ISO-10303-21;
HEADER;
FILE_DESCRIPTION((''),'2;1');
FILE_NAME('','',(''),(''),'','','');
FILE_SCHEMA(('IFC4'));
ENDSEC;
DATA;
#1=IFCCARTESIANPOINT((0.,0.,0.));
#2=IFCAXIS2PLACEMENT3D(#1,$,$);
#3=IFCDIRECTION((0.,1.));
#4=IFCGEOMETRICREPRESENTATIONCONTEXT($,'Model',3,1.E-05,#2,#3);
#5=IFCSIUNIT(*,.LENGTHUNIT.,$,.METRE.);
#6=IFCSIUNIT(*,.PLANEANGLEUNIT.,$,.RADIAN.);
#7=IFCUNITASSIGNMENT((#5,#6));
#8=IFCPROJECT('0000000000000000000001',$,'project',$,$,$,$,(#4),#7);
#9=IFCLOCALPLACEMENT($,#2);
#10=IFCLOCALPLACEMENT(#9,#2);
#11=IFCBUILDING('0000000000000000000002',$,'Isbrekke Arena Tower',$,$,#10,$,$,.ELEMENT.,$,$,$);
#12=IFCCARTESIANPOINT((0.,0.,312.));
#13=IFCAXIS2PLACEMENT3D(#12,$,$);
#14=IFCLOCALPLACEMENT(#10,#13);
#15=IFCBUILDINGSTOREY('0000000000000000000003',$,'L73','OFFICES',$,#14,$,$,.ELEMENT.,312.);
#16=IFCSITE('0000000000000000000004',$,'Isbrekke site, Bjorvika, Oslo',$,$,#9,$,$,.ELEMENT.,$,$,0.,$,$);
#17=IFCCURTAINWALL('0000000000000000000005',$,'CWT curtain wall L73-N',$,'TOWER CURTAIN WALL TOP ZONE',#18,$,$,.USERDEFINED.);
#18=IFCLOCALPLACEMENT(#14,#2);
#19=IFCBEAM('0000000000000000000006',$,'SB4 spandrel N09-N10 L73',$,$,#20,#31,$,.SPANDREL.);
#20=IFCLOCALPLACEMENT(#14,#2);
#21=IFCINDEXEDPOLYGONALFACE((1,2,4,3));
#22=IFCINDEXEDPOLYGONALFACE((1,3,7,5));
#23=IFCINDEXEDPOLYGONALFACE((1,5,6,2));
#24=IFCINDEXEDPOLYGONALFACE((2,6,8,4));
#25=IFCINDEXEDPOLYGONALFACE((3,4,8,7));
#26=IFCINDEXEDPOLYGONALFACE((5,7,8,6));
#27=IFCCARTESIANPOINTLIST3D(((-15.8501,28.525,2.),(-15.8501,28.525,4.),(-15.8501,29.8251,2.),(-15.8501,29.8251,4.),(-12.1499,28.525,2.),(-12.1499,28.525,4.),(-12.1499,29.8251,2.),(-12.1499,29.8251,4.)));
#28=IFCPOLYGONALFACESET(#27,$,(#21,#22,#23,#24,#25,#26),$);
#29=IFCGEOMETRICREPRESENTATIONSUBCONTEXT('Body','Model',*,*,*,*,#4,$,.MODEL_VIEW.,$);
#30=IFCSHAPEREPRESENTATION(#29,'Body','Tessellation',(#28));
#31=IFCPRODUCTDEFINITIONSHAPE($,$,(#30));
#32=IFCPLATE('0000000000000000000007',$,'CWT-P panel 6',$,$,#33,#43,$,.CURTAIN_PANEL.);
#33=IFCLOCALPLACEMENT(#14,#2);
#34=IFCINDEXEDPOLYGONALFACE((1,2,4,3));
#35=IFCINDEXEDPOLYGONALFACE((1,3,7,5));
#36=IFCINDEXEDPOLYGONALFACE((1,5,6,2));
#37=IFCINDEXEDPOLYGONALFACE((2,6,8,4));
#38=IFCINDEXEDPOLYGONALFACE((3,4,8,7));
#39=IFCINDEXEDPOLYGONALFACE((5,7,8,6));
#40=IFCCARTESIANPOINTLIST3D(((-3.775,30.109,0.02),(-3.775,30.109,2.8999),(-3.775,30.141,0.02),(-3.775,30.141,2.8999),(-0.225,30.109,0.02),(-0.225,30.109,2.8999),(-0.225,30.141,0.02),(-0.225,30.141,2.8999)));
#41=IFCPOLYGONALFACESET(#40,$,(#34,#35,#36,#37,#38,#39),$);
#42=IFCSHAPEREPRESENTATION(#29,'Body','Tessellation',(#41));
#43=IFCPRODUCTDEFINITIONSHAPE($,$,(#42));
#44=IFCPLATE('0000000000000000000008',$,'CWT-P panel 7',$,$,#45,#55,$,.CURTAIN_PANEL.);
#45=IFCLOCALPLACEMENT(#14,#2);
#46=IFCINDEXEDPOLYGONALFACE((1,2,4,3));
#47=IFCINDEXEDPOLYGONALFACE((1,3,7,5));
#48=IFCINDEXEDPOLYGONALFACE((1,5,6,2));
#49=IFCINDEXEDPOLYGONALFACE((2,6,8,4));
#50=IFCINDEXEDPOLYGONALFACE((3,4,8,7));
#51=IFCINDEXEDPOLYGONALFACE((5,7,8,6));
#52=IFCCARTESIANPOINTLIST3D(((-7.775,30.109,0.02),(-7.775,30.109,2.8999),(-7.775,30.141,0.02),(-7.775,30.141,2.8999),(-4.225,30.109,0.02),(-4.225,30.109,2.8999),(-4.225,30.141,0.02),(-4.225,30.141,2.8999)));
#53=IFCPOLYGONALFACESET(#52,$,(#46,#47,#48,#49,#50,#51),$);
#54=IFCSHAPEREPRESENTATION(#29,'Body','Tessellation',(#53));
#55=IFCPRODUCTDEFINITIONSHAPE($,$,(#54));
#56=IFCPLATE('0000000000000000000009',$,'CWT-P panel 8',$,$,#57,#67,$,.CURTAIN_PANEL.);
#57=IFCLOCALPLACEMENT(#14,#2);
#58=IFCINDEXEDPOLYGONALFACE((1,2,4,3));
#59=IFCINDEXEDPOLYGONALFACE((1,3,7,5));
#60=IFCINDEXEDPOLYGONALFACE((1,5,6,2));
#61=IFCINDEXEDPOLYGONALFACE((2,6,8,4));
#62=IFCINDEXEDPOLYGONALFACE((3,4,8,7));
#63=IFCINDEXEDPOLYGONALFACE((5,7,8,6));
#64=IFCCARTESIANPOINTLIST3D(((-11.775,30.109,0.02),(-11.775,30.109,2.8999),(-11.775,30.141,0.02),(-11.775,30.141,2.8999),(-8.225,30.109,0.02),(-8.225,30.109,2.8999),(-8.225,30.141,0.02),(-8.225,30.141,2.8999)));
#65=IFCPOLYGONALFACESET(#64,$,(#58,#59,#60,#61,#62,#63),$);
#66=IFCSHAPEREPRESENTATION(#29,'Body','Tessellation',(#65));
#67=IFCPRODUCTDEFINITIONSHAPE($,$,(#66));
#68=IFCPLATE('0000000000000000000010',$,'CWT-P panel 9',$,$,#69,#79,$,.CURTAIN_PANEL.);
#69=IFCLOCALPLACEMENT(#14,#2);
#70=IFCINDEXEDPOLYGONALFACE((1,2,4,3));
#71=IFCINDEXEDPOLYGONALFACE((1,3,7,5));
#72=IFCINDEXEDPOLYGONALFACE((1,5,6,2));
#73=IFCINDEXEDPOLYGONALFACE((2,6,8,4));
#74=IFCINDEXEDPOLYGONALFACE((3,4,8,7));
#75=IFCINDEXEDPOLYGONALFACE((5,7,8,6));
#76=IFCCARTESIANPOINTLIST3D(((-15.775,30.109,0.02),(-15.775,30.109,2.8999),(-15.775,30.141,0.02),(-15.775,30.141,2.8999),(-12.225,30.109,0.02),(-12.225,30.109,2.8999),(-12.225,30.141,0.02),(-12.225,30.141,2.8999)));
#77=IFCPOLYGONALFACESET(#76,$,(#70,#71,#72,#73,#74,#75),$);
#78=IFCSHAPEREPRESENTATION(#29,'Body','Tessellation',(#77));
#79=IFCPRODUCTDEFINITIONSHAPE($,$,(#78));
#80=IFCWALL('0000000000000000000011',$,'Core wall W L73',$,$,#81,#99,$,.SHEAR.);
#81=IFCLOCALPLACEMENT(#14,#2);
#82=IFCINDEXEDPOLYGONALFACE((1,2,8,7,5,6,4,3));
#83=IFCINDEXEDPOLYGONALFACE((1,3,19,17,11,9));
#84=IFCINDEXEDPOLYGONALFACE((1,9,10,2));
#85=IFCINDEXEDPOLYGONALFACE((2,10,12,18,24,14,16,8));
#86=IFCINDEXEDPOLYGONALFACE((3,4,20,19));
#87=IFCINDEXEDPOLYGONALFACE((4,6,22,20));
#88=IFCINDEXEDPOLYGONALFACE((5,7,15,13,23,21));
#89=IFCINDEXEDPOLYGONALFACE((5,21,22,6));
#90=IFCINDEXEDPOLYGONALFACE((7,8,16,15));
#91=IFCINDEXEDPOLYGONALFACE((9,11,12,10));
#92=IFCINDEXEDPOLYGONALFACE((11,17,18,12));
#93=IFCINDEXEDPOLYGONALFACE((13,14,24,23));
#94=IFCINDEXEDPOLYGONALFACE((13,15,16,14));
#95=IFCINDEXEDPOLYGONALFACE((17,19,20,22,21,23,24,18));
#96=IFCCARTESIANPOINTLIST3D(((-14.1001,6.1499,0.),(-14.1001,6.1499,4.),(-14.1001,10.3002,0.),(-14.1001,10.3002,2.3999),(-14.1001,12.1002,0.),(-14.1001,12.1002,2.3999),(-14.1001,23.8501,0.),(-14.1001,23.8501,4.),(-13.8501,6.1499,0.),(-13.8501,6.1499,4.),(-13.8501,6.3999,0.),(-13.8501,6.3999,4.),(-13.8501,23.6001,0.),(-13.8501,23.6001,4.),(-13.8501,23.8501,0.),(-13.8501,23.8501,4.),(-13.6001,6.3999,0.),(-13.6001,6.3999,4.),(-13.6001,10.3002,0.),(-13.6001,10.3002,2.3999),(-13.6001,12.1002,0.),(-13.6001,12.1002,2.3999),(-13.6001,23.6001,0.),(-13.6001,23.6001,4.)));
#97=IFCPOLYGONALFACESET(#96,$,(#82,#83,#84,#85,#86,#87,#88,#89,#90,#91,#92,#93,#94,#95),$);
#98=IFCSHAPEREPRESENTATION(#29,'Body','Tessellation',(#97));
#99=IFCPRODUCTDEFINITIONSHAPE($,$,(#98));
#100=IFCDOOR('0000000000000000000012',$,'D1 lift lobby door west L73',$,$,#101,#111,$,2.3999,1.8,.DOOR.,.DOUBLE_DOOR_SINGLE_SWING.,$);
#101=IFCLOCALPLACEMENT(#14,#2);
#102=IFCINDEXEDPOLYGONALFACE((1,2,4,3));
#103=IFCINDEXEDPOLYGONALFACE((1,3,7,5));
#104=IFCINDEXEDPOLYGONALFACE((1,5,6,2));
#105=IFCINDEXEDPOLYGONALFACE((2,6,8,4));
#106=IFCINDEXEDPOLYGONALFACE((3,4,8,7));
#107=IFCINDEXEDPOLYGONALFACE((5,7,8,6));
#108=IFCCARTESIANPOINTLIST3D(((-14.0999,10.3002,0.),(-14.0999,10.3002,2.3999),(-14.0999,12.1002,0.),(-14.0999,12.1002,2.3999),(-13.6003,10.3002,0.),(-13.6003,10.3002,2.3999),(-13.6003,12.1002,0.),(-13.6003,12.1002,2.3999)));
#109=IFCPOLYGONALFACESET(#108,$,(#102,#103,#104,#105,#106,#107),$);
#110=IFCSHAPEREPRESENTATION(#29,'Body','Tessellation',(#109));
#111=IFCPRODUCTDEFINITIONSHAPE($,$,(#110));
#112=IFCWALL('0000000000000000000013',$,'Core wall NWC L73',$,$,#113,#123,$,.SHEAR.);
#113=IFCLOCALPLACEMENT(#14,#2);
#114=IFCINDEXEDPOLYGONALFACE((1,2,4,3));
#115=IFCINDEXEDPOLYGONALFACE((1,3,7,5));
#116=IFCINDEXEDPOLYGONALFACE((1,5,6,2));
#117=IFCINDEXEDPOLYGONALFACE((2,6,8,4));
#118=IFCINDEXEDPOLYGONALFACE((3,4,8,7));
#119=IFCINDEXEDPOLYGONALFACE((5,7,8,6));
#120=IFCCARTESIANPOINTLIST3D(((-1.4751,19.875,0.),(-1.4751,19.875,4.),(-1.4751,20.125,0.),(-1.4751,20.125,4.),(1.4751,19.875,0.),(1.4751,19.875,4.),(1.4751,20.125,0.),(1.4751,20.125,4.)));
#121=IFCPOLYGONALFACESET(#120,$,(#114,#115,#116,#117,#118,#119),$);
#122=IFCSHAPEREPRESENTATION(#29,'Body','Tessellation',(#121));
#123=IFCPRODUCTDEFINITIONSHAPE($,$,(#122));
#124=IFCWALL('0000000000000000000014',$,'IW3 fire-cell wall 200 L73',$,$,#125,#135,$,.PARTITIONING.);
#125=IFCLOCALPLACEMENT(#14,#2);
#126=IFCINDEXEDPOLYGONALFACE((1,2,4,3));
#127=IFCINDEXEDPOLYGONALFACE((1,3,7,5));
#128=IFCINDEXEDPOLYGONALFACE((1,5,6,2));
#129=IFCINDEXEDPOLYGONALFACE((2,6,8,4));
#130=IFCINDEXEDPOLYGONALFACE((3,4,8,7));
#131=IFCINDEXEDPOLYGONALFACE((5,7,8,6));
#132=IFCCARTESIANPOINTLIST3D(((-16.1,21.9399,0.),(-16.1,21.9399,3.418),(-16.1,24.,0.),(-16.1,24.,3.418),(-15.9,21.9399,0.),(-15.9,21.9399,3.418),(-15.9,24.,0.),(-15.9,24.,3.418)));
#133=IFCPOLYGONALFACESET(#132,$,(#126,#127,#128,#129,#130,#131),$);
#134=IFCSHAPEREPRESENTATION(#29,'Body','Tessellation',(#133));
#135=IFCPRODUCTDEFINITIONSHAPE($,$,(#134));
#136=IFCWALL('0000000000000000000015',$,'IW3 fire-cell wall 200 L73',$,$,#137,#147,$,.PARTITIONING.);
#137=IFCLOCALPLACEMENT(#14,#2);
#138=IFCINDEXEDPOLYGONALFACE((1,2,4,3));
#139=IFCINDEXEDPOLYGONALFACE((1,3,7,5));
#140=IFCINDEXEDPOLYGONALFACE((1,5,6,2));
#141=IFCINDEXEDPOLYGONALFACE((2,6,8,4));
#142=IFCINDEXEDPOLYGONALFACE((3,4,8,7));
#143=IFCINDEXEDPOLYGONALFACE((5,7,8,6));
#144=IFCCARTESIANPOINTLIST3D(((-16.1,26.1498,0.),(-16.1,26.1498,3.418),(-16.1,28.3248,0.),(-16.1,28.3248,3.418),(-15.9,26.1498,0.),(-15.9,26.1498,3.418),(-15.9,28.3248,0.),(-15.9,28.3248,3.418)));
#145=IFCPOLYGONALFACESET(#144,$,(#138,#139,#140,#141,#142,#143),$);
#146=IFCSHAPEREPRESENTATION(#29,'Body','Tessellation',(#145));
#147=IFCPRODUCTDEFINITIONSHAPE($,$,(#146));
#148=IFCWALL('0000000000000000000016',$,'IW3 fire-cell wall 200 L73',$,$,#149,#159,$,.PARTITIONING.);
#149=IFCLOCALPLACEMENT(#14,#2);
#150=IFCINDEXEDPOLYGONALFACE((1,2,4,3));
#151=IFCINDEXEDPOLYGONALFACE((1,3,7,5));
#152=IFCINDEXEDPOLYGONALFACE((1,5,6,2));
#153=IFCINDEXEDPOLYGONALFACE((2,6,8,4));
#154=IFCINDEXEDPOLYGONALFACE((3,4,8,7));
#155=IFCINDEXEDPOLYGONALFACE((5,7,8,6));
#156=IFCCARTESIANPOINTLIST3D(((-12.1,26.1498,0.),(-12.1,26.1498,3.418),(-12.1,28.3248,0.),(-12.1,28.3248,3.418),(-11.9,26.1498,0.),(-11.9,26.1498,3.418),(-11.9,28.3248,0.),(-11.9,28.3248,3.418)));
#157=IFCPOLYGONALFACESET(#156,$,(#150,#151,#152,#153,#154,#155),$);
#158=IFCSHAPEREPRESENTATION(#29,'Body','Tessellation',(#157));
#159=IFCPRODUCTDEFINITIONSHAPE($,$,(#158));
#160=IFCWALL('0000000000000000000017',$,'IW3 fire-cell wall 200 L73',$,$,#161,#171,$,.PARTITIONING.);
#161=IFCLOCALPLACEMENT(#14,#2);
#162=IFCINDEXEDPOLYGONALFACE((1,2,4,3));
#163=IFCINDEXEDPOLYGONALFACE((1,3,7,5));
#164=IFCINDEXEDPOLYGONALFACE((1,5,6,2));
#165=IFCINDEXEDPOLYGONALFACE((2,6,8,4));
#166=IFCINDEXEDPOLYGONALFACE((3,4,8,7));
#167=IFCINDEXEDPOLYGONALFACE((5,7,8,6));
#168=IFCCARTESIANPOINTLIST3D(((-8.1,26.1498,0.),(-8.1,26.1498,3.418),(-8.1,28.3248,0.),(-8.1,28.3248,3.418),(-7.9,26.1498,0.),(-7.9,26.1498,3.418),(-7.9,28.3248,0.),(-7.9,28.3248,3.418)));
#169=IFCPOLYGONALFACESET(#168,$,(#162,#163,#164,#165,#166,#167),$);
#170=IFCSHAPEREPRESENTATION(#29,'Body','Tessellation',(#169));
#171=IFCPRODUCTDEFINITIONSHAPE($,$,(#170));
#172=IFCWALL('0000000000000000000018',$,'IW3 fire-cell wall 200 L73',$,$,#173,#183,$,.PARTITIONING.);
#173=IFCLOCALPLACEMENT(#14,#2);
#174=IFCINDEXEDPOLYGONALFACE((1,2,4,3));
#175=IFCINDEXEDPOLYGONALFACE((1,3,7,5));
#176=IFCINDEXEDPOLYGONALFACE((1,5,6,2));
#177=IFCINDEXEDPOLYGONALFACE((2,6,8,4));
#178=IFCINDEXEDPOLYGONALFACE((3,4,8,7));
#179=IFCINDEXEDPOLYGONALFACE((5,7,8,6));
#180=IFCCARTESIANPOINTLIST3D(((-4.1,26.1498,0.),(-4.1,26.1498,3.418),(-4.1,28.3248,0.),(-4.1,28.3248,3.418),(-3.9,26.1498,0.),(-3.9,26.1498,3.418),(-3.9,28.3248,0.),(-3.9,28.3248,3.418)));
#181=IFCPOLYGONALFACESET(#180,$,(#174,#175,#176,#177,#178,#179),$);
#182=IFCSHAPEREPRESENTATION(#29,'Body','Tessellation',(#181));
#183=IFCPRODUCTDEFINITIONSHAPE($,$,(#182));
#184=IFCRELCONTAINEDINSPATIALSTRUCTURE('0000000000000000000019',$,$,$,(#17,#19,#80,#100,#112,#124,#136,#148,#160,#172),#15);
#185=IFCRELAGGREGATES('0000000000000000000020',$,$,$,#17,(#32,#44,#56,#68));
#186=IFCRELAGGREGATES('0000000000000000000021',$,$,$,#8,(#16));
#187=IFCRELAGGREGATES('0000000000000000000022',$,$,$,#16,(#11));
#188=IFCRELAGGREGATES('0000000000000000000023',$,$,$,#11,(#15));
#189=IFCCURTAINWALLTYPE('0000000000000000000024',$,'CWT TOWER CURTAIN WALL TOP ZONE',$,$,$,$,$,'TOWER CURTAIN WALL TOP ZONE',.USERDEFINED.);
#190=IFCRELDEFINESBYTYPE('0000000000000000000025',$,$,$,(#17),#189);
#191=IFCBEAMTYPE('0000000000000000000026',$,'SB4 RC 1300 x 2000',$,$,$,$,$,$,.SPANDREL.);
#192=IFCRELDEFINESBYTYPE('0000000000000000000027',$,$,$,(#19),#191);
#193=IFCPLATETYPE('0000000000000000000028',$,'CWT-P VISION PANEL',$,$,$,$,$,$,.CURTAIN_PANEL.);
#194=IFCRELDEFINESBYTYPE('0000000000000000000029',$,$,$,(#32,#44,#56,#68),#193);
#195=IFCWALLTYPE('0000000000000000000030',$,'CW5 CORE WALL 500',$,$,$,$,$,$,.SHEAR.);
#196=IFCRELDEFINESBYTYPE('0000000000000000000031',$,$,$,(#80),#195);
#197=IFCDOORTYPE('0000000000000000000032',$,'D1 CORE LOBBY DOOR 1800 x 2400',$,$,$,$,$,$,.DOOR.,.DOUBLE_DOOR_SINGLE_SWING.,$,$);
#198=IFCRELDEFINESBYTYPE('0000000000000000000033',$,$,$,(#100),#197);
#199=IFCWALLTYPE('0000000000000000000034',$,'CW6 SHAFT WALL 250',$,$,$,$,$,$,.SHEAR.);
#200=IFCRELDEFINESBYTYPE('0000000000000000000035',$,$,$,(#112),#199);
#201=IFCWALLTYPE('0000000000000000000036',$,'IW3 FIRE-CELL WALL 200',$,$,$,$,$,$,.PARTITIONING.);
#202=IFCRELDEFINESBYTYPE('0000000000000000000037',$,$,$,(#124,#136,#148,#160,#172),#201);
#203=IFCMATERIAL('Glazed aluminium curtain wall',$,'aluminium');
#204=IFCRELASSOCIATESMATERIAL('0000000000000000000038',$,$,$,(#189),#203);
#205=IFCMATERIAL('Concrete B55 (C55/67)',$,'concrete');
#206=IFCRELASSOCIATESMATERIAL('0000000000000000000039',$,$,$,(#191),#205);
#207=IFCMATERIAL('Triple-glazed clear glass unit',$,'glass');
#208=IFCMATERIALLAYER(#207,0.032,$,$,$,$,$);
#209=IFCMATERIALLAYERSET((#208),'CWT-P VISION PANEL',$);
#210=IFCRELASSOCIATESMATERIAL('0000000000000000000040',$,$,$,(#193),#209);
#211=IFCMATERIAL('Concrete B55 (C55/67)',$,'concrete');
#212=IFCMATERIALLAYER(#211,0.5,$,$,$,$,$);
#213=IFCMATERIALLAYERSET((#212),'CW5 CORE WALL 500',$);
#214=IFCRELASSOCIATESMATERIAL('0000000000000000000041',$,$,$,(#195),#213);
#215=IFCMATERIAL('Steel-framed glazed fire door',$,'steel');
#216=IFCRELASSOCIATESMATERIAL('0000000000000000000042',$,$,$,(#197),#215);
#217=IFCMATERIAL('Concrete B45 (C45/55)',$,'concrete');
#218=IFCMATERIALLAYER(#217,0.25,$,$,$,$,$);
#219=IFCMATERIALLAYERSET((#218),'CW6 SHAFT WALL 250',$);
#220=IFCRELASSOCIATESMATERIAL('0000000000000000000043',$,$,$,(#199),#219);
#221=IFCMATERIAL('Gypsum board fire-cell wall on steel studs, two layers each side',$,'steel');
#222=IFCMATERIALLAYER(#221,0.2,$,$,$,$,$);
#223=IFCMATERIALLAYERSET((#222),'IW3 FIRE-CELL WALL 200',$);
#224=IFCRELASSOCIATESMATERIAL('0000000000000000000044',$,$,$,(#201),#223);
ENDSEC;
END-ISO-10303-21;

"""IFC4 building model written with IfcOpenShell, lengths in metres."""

from ifc_helpers import new_model, si_unit, direction, frame, frame_2d, origin, origin_2d, place, context, subcontext, project, spatial, polyline, rectangle, outline, extrude, material, layer, layer_set, material_profile, profile_set, type_object, element, fill, aggregate, save


model = new_model("IFC4")

# Units and contexts
model_context = context("Model", 3, precision=1e-05, world=origin(), true_north=direction((0.0, 1.0)))
body_context = subcontext(model_context, "Body", "Model", "MODEL_VIEW")
ifc_project = project(units=[si_unit("LENGTHUNIT", "METRE"), si_unit("PLANEANGLEUNIT", "RADIAN")], contexts=[model_context])

# Site, building, storey
site_placement = place(None, origin())
site = spatial("IfcSite", under=ifc_project, at=site_placement, Name="Isbrekke site, Bjorvika, Oslo", CompositionType="ELEMENT", RefElevation=0.0)
building_placement = place(site_placement, origin())
building = spatial("IfcBuilding", under=site, at=building_placement, Name="Isbrekke Arena Tower", CompositionType="ELEMENT")
storey_placement = place(building_placement, frame((0.0, 0.0, 312.0)))
storey = spatial("IfcBuildingStorey", under=building, at=storey_placement, Name="L73", Description="OFFICES", CompositionType="ELEMENT", Elevation=312.0)

# Curtain wall
ifc_material_1 = material(Name="Glazed aluminium curtain wall", Category="aluminium")
curtain_wall_type = type_object("IfcCurtainWallType", Name="CWT TOWER CURTAIN WALL TOP ZONE", ElementType="TOWER CURTAIN WALL TOP ZONE", PredefinedType="USERDEFINED", material=ifc_material_1)
curtain_wall_placement = place(storey_placement, origin())
curtain_wall = element("IfcCurtainWall", 1, at=curtain_wall_placement, inside=storey, type_object=curtain_wall_type, Name="CWT curtain wall L73-N", ObjectType="TOWER CURTAIN WALL TOP ZONE", PredefinedType="USERDEFINED")

# Beam
ifc_material_2 = material(Name="Concrete B55 (C55/67)", Category="concrete")
ifc_material_profile_1 = material_profile(ifc_material_2, rectangle(XDim=1.3, YDim=2.0, at=origin_2d()), Name="RC 1300x2000")
ifc_profile_set_1 = profile_set([ifc_material_profile_1], Name="Concrete B55 (C55/67)")
beam_type_1 = type_object("IfcBeamType", Name="SB4 RC 1300 x 2000", PredefinedType="SPANDREL", material=ifc_profile_set_1)
for number, where, z_axis, x_axis, name in (
    (2, (-12.1499, 29.175, 3.0), (-1.0, 0.0, 0.0), (0.0, -1.0, 0.0), "SB4 spandrel N09-N10 L73"),
):
    element("IfcBeam", number, at=place(storey_placement, frame(where, z_axis=z_axis, x_axis=x_axis)), inside=storey, type_object=beam_type_1, Name=name, PredefinedType="SPANDREL", context=body_context, shape_type="SweptSolid", body=[
        extrude(rectangle(XDim=1.3, YDim=2.0, at=origin_2d()), origin(), (0.0, 0.0, 1.0), 3.7002),
    ])

# Plates
ifc_material_3 = material(Name="Triple-glazed clear glass unit", Category="glass")
ifc_layer_1 = layer(ifc_material_3, 0.032)
ifc_layer_set_1 = layer_set([ifc_layer_1], Name="CWT-P VISION PANEL")
plate_type = type_object("IfcPlateType", Name="CWT-P VISION PANEL", PredefinedType="CURTAIN_PANEL", material=ifc_layer_set_1)
plate_1_placement = place(storey_placement, frame((-2.0, 30.125, 0.02), z_axis=(0.0, 0.0, 1.0), x_axis=(-1.0, 0.0, 0.0)))
plate_1 = element("IfcPlate", 3, at=plate_1_placement, type_object=plate_type, Name="CWT-P panel 6", PredefinedType="CURTAIN_PANEL", context=body_context, shape_type="SweptSolid", body=[
    extrude(rectangle(XDim=3.55, YDim=0.032, at=origin_2d()), origin(), (0.0, 0.0, 1.0), 2.8799),
])
plate_2_placement = place(storey_placement, frame((-6.0, 30.125, 0.02), z_axis=(0.0, 0.0, 1.0), x_axis=(-1.0, 0.0, 0.0)))
plate_2 = element("IfcPlate", 4, at=plate_2_placement, type_object=plate_type, Name="CWT-P panel 7", PredefinedType="CURTAIN_PANEL", context=body_context, shape_type="SweptSolid", body=[
    extrude(rectangle(XDim=3.55, YDim=0.032, at=origin_2d()), origin(), (0.0, 0.0, 1.0), 2.8799),
])
plate_3_placement = place(storey_placement, frame((-10.0, 30.125, 0.02), z_axis=(0.0, 0.0, 1.0), x_axis=(-1.0, 0.0, 0.0)))
plate_3 = element("IfcPlate", 5, at=plate_3_placement, type_object=plate_type, Name="CWT-P panel 8", PredefinedType="CURTAIN_PANEL", context=body_context, shape_type="SweptSolid", body=[
    extrude(rectangle(XDim=3.55, YDim=0.032, at=origin_2d()), origin(), (0.0, 0.0, 1.0), 2.8799),
])
plate_4_placement = place(storey_placement, frame((-14.0, 30.125, 0.02), z_axis=(0.0, 0.0, 1.0), x_axis=(-1.0, 0.0, 0.0)))
plate_4 = element("IfcPlate", 6, at=plate_4_placement, type_object=plate_type, Name="CWT-P panel 9", PredefinedType="CURTAIN_PANEL", context=body_context, shape_type="SweptSolid", body=[
    extrude(rectangle(XDim=3.55, YDim=0.032, at=origin_2d()), origin(), (0.0, 0.0, 1.0), 2.8799),
])
aggregate(curtain_wall, [plate_1, plate_2, plate_3, plate_4])

# Wall, opening, door
ifc_material_4 = material(Name="Concrete B55 (C55/67)", Category="concrete")
ifc_layer_2 = layer(ifc_material_4, 0.5)
ifc_layer_set_2 = layer_set([ifc_layer_2], Name="CW5 CORE WALL 500")
wall_type_1 = type_object("IfcWallType", Name="CW5 CORE WALL 500", PredefinedType="SHEAR", material=ifc_layer_set_2)
wall_1_placement = place(storey_placement, frame((-13.8501, 23.8501, 0.0), z_axis=(0.0, 0.0, 1.0), x_axis=(0.0, -1.0, 0.0)))
wall_1 = element("IfcWall", 7, at=wall_1_placement, inside=storey, type_object=wall_type_1, Name="Core wall W L73", PredefinedType="SHEAR", context=body_context, shape_type="SweptSolid", body=[
    extrude(outline(polyline([(0.0, -0.25), (17.7002, -0.25), (17.7002, 0.0), (17.4502, 0.0), (17.4502, 0.25), (0.25, 0.25), (0.25, 0.0), (0.0, 0.0), (0.0, -0.25)])), origin(), (0.0, 0.0, 1.0), 4.0),
])
opening_1_placement = place(wall_1_placement, frame((11.75, 0.0, 0.0)))
opening_1 = element("IfcOpeningElement", 8, at=opening_1_placement, cuts=wall_1, PredefinedType="OPENING", context=body_context, shape_type="SweptSolid", body=[
    extrude(rectangle(XDim=1.8, YDim=2.3999, at=frame_2d((0.8999, 1.2))), frame((0.0, 0.2649, 0.0), z_axis=(0.0, -1.0, 0.0), x_axis=(1.0, 0.0, 0.0)), (0.0, 0.0, 1.0), 0.5298),
])
ifc_material_5 = material(Name="Steel-framed glazed fire door", Category="steel")
door_type_1 = type_object("IfcDoorType", Name="D1 CORE LOBBY DOOR 1800 x 2400", OperationType="DOUBLE_DOOR_SINGLE_SWING", PredefinedType="DOOR", material=ifc_material_5)
door_1_placement = place(opening_1_placement, origin())
door_1 = element("IfcDoor", 9, at=door_1_placement, inside=storey, type_object=door_type_1, Name="D1 lift lobby door west L73", OperationType="DOUBLE_DOOR_SINGLE_SWING", OverallHeight=2.3999, OverallWidth=1.8, PredefinedType="DOOR", context=body_context, shape_type="SweptSolid", body=[
    extrude(rectangle(XDim=1.8, YDim=2.3999, at=frame_2d((0.8999, 1.2))), frame((0.0, 0.2498, 0.0), z_axis=(0.0, -1.0, 0.0), x_axis=(1.0, 0.0, 0.0)), (0.0, 0.0, 1.0), 0.4995),
])
fill(opening_1, door_1)

# Wall
ifc_material_6 = material(Name="Concrete B45 (C45/55)", Category="concrete")
ifc_layer_3 = layer(ifc_material_6, 0.25)
ifc_layer_set_3 = layer_set([ifc_layer_3], Name="CW6 SHAFT WALL 250")
wall_type_2 = type_object("IfcWallType", Name="CW6 SHAFT WALL 250", PredefinedType="SHEAR", material=ifc_layer_set_3)
wall_2_placement = place(storey_placement, frame((-1.4751, 20.0, 0.0), z_axis=(0.0, 0.0, 1.0), x_axis=(1.0, 0.0, 0.0)))
element("IfcWall", 10, at=wall_2_placement, inside=storey, type_object=wall_type_2, Name="Core wall NWC L73", PredefinedType="SHEAR", context=body_context, shape_type="SweptSolid", body=[
    extrude(rectangle(XDim=2.9502, YDim=0.25, at=frame_2d((1.4751, 0.0))), origin(), (0.0, 0.0, 1.0), 4.0),
])

# Shared definitions
ifc_material_7 = material(Name="Gypsum board fire-cell wall on steel studs, two layers each side", Category="steel")
ifc_layer_4 = layer(ifc_material_7, 0.2)
ifc_layer_set_4 = layer_set([ifc_layer_4], Name="IW3 FIRE-CELL WALL 200")
wall_type_3 = type_object("IfcWallType", Name="IW3 FIRE-CELL WALL 200", PredefinedType="PARTITIONING", material=ifc_layer_set_4)

# Walls
wall_3_placement = place(storey_placement, frame((-16.0, 21.9399, 0.0), z_axis=(0.0, 0.0, 1.0), x_axis=(0.0, 1.0, 0.0)))
element("IfcWall", 11, at=wall_3_placement, inside=storey, type_object=wall_type_3, Name="IW3 fire-cell wall 200 L73", PredefinedType="PARTITIONING", context=body_context, shape_type="SweptSolid", body=[
    extrude(rectangle(XDim=2.0601, YDim=0.2, at=frame_2d((1.03, 0.0))), origin(), (0.0, 0.0, 1.0), 3.418),
])
for number, where, z_axis, x_axis, name in (
    (12, (-16.0, 26.1499, 0.0), (0.0, 0.0, 1.0), (0.0, 1.0, 0.0), "IW3 fire-cell wall 200 L73"),
    (13, (-12.0, 26.1499, 0.0), (0.0, 0.0, 1.0), (0.0, 1.0, 0.0), "IW3 fire-cell wall 200 L73"),
    (14, (-8.0, 26.1499, 0.0), (0.0, 0.0, 1.0), (0.0, 1.0, 0.0), "IW3 fire-cell wall 200 L73"),
    (15, (-4.0, 26.1499, 0.0), (0.0, 0.0, 1.0), (0.0, 1.0, 0.0), "IW3 fire-cell wall 200 L73"),
):
    element("IfcWall", number, at=place(storey_placement, frame(where, z_axis=z_axis, x_axis=x_axis)), inside=storey, type_object=wall_type_3, Name=name, PredefinedType="PARTITIONING", context=body_context, shape_type="SweptSolid", body=[
        extrude(rectangle(XDim=2.175, YDim=0.2, at=frame_2d((1.0874, 0.0))), origin(), (0.0, 0.0, 1.0), 3.418),
    ])

save(model, "model.ifc")
